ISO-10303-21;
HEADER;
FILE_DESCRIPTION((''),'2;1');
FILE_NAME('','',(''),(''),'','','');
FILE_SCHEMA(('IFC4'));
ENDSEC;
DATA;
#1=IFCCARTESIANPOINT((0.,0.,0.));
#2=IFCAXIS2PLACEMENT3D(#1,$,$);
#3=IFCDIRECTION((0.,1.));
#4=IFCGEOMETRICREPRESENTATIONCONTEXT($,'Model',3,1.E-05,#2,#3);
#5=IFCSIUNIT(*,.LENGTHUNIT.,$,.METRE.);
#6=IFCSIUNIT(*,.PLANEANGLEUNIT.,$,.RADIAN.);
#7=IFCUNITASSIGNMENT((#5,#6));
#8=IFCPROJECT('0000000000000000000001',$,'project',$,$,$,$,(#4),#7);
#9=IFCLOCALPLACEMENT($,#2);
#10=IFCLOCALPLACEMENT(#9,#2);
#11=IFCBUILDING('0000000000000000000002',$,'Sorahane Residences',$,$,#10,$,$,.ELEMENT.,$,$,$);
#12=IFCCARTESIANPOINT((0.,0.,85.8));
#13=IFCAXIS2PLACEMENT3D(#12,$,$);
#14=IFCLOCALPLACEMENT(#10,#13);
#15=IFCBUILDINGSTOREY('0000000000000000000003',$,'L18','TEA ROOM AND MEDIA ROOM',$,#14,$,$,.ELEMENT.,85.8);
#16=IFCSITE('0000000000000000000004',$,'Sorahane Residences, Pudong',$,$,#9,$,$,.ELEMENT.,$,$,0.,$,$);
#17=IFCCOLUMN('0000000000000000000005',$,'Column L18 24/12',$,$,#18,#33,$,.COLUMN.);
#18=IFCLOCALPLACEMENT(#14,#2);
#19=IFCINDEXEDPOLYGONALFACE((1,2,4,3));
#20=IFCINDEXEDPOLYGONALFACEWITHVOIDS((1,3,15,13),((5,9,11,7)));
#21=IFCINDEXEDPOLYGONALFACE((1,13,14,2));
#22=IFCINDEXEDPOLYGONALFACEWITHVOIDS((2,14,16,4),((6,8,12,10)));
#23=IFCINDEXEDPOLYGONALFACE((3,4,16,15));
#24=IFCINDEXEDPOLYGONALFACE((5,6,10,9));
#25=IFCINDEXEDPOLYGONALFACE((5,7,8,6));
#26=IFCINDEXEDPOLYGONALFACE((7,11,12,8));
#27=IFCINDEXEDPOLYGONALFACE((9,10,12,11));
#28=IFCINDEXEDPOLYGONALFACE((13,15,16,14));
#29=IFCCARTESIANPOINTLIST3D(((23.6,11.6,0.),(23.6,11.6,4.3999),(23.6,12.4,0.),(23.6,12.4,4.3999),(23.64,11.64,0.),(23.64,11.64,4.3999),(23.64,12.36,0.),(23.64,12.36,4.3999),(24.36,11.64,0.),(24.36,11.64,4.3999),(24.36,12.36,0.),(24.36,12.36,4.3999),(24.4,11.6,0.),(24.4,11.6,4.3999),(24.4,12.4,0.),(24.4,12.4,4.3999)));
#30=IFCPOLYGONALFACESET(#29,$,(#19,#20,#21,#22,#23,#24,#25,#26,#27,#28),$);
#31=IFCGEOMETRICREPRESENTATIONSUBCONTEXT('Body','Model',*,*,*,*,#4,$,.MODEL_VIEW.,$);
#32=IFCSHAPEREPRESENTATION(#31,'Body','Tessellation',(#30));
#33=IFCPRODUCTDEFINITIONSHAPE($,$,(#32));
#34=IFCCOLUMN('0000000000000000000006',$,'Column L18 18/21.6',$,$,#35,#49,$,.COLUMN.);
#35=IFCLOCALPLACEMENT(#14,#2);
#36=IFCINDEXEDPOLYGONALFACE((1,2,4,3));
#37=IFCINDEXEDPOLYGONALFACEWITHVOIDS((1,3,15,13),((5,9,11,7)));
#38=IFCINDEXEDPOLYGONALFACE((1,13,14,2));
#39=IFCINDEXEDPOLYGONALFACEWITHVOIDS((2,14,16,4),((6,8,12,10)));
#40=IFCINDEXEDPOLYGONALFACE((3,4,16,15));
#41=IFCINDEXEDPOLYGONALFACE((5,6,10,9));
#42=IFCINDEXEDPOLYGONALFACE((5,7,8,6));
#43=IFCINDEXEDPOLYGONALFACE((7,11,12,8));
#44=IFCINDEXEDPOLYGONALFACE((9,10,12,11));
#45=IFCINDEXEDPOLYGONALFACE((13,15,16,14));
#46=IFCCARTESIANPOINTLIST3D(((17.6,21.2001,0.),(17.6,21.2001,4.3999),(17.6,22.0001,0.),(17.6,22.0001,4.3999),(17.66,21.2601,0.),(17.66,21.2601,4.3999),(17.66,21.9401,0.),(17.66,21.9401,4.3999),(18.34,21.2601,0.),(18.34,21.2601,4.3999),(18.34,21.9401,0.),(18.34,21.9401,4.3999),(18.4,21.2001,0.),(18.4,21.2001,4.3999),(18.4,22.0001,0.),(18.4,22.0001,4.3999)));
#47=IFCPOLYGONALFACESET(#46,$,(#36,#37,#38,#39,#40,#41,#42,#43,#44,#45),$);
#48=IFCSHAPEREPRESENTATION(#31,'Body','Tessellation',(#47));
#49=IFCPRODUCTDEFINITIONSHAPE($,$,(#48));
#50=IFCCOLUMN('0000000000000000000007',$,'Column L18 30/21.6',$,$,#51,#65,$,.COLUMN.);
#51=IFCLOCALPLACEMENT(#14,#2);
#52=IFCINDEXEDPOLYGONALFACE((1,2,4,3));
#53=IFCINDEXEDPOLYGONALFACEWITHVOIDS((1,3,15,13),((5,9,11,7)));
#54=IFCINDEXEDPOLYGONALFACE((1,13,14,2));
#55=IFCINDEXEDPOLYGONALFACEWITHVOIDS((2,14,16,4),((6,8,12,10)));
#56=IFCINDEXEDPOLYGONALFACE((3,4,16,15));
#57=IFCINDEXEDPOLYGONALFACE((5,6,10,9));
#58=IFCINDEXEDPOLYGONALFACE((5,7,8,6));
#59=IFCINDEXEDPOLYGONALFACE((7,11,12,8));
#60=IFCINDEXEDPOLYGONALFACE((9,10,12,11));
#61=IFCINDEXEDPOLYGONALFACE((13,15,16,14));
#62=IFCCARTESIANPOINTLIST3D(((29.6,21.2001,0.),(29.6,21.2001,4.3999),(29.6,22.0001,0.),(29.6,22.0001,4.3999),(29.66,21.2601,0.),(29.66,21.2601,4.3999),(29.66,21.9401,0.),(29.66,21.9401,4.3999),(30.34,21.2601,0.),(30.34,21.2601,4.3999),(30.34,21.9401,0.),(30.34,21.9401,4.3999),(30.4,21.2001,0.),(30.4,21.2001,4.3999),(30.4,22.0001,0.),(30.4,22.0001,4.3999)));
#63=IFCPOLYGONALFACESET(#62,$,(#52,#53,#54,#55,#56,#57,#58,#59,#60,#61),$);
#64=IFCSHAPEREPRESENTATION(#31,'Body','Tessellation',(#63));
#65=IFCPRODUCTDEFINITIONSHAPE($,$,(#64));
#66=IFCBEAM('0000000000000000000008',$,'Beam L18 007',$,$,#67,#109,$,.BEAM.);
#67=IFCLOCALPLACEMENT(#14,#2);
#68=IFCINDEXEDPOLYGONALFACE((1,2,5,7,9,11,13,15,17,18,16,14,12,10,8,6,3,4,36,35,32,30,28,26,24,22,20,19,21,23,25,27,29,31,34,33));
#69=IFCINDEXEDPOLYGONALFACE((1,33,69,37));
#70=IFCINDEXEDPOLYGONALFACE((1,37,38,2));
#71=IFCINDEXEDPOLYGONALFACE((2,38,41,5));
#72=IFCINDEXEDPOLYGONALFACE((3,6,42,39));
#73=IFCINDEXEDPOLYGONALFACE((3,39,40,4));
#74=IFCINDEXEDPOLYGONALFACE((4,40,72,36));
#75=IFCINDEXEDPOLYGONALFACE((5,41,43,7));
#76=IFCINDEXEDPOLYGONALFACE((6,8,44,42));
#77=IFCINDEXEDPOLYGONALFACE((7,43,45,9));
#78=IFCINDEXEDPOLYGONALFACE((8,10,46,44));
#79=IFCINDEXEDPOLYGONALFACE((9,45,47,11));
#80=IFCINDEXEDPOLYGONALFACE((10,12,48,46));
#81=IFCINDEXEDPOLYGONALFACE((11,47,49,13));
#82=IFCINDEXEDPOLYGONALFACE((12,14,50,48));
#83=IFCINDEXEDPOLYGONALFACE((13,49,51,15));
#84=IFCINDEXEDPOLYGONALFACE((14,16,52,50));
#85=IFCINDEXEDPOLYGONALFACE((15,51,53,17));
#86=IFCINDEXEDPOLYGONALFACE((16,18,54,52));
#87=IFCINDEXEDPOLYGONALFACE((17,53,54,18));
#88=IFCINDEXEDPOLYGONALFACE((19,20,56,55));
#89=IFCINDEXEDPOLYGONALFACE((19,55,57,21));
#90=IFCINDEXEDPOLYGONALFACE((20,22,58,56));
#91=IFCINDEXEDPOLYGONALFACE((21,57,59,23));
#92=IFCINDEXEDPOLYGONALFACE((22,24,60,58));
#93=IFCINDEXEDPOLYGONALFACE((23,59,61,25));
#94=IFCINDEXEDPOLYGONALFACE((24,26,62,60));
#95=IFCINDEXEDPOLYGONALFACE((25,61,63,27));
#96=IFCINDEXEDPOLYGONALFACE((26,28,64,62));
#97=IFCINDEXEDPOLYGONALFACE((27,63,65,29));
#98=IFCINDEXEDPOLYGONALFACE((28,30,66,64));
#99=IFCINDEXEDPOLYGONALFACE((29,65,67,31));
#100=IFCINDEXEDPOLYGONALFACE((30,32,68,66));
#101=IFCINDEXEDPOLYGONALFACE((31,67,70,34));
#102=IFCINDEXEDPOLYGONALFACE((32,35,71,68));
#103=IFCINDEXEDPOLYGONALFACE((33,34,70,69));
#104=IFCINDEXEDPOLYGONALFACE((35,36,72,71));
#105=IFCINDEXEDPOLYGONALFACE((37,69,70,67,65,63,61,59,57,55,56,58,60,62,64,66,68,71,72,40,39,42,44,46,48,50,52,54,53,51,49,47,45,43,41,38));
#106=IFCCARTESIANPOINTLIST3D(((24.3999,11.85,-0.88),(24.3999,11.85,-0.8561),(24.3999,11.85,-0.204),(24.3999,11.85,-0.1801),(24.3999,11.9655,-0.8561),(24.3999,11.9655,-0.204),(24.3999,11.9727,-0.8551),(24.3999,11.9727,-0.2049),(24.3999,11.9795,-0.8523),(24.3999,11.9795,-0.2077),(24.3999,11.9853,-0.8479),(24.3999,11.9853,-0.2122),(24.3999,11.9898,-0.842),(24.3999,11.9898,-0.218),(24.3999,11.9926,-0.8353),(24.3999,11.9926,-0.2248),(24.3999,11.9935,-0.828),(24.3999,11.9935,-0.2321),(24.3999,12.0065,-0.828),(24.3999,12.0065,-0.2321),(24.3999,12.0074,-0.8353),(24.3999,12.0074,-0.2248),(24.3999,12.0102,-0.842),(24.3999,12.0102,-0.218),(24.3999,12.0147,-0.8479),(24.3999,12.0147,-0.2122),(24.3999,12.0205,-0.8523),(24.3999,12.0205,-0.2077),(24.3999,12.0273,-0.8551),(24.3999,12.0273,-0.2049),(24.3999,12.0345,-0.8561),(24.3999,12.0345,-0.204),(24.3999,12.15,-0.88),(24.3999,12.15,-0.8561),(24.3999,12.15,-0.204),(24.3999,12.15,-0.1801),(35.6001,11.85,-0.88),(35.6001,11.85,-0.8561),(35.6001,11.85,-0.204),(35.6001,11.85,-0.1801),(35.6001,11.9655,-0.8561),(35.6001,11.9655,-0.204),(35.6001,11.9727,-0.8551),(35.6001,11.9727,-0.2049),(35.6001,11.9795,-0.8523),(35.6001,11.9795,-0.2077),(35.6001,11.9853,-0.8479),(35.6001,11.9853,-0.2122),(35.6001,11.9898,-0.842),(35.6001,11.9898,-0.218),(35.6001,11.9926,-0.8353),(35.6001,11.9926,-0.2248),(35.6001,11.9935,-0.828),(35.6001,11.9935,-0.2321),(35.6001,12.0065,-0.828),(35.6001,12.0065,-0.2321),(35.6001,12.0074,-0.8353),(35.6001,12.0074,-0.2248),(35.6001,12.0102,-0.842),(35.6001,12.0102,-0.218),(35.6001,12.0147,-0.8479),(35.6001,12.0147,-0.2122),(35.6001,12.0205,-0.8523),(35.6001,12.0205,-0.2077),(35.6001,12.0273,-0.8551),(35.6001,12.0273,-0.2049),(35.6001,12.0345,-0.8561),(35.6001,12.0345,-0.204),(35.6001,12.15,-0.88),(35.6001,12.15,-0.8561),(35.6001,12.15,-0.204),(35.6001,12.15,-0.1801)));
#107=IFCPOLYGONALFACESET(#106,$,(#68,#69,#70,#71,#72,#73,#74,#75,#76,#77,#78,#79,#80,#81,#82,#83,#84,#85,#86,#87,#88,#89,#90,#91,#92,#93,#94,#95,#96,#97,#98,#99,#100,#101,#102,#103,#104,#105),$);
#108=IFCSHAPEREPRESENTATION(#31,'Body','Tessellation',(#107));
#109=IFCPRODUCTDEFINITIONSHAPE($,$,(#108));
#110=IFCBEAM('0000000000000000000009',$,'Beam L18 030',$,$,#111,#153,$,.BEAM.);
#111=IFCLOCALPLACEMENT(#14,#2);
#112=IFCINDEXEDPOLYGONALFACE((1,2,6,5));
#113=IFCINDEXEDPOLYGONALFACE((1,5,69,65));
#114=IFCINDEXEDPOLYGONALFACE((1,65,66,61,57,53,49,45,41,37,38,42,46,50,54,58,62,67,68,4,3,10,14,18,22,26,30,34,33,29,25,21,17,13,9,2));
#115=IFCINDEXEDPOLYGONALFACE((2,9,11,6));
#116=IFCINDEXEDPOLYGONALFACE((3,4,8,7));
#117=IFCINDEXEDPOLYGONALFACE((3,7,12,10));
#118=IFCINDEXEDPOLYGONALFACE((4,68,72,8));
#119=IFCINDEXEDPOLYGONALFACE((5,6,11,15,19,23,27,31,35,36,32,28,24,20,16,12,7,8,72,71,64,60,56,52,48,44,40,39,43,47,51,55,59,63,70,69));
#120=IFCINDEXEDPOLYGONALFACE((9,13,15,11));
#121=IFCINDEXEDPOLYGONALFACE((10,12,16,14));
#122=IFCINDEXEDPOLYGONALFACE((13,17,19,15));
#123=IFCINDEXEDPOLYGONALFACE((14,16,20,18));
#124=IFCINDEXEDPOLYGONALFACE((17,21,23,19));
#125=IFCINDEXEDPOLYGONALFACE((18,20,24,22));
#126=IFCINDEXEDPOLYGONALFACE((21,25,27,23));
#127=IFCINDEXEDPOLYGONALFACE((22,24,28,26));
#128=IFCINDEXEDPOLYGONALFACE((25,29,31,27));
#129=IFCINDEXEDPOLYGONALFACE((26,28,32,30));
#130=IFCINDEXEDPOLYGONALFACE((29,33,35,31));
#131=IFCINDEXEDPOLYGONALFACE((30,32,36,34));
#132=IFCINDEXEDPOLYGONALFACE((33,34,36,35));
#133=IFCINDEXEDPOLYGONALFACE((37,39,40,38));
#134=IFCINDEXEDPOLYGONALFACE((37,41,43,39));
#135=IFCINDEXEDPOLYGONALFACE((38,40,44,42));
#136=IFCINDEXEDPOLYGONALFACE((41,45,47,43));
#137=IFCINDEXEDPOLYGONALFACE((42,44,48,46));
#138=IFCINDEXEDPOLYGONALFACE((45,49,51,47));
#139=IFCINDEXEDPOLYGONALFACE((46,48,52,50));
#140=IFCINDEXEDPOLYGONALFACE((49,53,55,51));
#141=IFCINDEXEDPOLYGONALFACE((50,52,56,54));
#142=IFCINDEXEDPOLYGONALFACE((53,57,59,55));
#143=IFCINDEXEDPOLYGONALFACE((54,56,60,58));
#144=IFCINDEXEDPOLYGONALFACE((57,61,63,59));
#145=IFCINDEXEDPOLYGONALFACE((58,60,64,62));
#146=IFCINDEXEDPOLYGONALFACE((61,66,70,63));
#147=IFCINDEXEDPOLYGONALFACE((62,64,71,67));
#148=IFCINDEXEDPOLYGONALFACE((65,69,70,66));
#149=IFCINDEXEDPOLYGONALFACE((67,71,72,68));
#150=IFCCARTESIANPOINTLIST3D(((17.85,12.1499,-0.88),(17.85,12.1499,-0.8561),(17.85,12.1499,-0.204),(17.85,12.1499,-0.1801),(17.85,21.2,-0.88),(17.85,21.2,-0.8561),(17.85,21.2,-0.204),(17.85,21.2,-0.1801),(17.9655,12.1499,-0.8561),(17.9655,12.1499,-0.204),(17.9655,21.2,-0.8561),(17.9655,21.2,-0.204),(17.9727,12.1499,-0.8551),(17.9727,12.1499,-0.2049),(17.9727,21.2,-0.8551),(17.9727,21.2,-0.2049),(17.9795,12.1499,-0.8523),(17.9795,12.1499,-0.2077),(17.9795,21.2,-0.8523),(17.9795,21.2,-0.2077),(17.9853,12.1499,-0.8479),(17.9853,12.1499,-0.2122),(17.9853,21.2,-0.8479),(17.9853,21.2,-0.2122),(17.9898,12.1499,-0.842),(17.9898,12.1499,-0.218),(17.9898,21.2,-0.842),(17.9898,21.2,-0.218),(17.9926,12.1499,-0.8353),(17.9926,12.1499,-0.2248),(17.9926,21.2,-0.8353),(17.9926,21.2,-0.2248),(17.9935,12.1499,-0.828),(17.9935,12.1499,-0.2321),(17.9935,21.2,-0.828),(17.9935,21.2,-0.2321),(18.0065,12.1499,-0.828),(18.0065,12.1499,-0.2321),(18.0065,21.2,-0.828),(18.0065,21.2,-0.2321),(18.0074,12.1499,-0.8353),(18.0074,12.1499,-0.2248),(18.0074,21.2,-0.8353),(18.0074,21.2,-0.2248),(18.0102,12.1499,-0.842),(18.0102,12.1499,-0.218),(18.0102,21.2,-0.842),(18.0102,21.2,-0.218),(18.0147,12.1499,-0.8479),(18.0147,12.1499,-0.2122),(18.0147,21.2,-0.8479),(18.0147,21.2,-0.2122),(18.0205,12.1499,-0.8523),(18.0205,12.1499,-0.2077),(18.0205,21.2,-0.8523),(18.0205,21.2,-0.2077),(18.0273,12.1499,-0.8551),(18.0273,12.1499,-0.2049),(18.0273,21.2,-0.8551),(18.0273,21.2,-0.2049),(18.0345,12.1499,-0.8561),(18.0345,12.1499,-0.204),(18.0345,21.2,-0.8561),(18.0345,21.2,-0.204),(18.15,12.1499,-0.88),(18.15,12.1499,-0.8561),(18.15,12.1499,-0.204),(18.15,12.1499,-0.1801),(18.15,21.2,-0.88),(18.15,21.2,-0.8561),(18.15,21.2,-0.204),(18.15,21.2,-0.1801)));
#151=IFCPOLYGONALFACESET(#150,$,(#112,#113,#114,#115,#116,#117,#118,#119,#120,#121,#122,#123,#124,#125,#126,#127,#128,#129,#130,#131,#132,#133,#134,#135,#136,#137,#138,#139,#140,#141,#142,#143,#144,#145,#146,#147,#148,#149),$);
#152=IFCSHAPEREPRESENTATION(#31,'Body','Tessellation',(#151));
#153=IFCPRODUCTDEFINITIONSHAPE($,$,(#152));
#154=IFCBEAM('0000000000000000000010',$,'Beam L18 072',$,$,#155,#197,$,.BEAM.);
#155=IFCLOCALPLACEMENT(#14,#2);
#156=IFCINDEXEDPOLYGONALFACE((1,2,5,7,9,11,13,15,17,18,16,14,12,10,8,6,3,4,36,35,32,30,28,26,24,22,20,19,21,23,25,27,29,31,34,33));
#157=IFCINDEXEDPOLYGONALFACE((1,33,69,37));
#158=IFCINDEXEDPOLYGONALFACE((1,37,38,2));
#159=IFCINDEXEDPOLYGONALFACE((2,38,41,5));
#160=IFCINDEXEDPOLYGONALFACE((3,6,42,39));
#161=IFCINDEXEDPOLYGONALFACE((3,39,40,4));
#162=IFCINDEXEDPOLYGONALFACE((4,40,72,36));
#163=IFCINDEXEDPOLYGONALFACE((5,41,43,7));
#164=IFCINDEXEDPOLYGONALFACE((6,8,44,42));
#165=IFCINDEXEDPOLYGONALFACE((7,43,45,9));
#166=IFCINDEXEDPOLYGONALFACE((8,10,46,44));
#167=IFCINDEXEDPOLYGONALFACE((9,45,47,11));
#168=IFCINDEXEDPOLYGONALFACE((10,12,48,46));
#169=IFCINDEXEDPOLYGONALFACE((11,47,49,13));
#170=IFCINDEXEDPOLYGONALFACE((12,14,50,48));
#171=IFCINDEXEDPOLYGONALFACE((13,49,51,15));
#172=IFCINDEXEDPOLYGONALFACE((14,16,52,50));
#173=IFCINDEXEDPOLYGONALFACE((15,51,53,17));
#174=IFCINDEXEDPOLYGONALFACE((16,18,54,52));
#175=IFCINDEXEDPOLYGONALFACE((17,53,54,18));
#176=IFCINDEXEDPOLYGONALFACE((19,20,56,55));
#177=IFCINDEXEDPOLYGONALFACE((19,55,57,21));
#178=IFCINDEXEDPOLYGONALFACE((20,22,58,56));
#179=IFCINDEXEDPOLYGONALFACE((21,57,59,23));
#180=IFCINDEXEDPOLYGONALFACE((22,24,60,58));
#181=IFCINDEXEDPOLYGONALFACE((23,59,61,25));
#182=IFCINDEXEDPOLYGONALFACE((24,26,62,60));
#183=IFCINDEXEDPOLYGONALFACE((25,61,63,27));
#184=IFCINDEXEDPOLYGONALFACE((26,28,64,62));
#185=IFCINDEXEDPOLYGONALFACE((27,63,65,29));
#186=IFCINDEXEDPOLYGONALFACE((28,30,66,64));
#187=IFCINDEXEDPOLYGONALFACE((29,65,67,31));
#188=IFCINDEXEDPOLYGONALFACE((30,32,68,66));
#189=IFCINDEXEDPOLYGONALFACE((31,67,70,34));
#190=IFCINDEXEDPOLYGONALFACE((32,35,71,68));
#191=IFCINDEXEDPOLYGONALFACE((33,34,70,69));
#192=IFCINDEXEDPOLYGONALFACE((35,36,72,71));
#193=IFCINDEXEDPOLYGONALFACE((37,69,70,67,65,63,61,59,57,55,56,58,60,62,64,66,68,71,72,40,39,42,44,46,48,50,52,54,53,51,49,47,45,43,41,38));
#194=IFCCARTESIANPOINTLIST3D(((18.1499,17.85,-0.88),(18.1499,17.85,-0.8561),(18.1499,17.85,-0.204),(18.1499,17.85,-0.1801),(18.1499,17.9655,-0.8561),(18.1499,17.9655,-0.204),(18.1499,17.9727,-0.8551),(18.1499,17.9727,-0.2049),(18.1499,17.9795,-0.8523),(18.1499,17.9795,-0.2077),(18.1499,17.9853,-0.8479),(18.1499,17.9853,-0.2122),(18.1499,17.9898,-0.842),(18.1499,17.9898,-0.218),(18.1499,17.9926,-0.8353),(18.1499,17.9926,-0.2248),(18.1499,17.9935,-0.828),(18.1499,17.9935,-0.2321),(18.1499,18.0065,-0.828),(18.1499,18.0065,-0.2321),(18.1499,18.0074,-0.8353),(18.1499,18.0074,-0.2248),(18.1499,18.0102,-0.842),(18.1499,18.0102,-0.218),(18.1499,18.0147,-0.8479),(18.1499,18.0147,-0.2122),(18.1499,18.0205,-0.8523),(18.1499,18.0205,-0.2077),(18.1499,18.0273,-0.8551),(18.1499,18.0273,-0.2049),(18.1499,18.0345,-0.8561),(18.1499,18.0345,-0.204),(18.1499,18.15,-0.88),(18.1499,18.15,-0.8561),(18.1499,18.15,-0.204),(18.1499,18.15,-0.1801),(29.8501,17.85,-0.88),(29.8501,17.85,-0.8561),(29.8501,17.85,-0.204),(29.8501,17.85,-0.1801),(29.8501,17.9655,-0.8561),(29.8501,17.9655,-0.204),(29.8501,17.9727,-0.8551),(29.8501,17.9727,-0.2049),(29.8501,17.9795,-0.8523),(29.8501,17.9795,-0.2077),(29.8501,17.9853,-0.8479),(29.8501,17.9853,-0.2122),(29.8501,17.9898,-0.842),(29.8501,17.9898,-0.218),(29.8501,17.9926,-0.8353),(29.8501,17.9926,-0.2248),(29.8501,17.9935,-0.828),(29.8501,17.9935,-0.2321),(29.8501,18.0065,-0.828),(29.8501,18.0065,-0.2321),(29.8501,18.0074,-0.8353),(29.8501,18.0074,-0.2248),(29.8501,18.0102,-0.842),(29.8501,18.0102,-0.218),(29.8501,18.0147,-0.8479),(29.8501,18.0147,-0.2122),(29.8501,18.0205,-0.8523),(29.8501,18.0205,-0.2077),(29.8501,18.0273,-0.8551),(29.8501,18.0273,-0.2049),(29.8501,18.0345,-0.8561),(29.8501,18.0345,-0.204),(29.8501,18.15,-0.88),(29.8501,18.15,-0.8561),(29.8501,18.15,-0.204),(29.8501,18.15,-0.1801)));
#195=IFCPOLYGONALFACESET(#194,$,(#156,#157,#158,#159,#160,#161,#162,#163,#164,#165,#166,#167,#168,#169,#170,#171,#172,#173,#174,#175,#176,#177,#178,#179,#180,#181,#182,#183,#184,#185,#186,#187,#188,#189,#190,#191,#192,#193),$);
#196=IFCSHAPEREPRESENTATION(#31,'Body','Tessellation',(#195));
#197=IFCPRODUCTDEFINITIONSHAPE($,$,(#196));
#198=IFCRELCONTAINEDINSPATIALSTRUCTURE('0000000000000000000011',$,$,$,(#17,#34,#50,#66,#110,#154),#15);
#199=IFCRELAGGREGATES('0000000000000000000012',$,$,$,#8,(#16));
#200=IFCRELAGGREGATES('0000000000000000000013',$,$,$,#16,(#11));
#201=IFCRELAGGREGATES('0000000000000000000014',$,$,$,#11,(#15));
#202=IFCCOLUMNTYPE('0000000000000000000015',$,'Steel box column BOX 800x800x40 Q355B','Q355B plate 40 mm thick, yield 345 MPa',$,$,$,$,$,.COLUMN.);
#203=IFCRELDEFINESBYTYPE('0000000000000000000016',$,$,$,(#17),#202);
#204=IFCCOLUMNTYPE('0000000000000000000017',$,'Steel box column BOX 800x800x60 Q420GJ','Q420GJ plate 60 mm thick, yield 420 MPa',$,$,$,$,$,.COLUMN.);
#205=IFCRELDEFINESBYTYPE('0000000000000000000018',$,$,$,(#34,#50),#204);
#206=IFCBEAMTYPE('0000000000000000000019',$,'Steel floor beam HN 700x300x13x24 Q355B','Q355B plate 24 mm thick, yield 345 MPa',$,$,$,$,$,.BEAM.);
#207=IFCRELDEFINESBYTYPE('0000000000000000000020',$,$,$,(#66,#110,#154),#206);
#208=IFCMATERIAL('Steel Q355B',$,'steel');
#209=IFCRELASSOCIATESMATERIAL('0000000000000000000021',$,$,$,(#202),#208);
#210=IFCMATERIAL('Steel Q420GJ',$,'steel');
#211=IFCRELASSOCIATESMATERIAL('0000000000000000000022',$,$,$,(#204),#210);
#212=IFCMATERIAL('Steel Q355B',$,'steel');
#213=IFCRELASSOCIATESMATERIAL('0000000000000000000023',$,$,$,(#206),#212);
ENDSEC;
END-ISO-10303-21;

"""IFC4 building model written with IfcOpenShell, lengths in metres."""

from ifc_helpers import new_model, si_unit, direction, frame, origin, origin_2d, place, context, subcontext, project, spatial, hollow_rectangle, i_section, extrude, material, material_profile, profile_set, type_object, element, save


model = new_model("IFC4")

# Units and contexts
model_context = context("Model", 3, precision=1e-05, world=origin(), true_north=direction((0.0, 1.0)))
body_context = subcontext(model_context, "Body", "Model", "MODEL_VIEW")
ifc_project = project(units=[si_unit("LENGTHUNIT", "METRE"), si_unit("PLANEANGLEUNIT", "RADIAN")], contexts=[model_context])

# Site, building, storey
site_placement = place(None, origin())
site = spatial("IfcSite", under=ifc_project, at=site_placement, Name="Sorahane Residences, Pudong", CompositionType="ELEMENT", RefElevation=0.0)
building_placement = place(site_placement, origin())
building = spatial("IfcBuilding", under=site, at=building_placement, Name="Sorahane Residences", CompositionType="ELEMENT")
storey_placement = place(building_placement, frame((0.0, 0.0, 85.8)))
storey = spatial("IfcBuildingStorey", under=building, at=storey_placement, Name="L18", Description="TEA ROOM AND MEDIA ROOM", CompositionType="ELEMENT", Elevation=85.8)

# Columns
ifc_material_1 = material(Name="Steel Q355B", Category="steel")
ifc_material_profile_1 = material_profile(ifc_material_1, hollow_rectangle(XDim=0.8, YDim=0.8, WallThickness=0.04, at=origin_2d()), Name="BOX 800x800x40")
ifc_profile_set_1 = profile_set([ifc_material_profile_1], Name="Steel Q355B")
column_type_1 = type_object("IfcColumnType", Name="Steel box column BOX 800x800x40 Q355B", Description="Q355B plate 40 mm thick, yield 345 MPa", PredefinedType="COLUMN", material=ifc_profile_set_1)
column_placement = place(storey_placement, frame((24.0, 12.0, 0.0), z_axis=(0.0, 0.0, 1.0), x_axis=(1.0, 0.0, 0.0)))
element("IfcColumn", 1, at=column_placement, inside=storey, type_object=column_type_1, Name="Column L18 24/12", PredefinedType="COLUMN", context=body_context, shape_type="SweptSolid", body=[
    extrude(hollow_rectangle(XDim=0.8, YDim=0.8, WallThickness=0.04, at=origin_2d()), origin(), (0.0, 0.0, 1.0), 4.3999),
])
ifc_material_2 = material(Name="Steel Q420GJ", Category="steel")
ifc_material_profile_2 = material_profile(ifc_material_2, hollow_rectangle(XDim=0.8, YDim=0.8, WallThickness=0.0601, at=origin_2d()), Name="BOX 800x800x60")
ifc_profile_set_2 = profile_set([ifc_material_profile_2], Name="Steel Q420GJ")
column_type_2 = type_object("IfcColumnType", Name="Steel box column BOX 800x800x60 Q420GJ", Description="Q420GJ plate 60 mm thick, yield 420 MPa", PredefinedType="COLUMN", material=ifc_profile_set_2)
for number, where, z_axis, x_axis, name in (
    (2, (18.0, 21.6001, 0.0), (0.0, 0.0, 1.0), (1.0, 0.0, 0.0), "Column L18 18/21.6"),
    (3, (30.0, 21.6001, 0.0), (0.0, 0.0, 1.0), (1.0, 0.0, 0.0), "Column L18 30/21.6"),
):
    element("IfcColumn", number, at=place(storey_placement, frame(where, z_axis=z_axis, x_axis=x_axis)), inside=storey, type_object=column_type_2, Name=name, PredefinedType="COLUMN", context=body_context, shape_type="SweptSolid", body=[
        extrude(hollow_rectangle(XDim=0.8, YDim=0.8, WallThickness=0.0601, at=origin_2d()), origin(), (0.0, 0.0, 1.0), 4.3999),
    ])

# Beams
ifc_material_3 = material(Name="Steel Q355B", Category="steel")
ifc_material_profile_3 = material_profile(ifc_material_3, i_section(OverallWidth=0.3, OverallDepth=0.7, WebThickness=0.0129, FlangeThickness=0.0239, FilletRadius=0.0281, at=origin_2d()), Name="HN 700x300x13x24")
ifc_profile_set_3 = profile_set([ifc_material_profile_3], Name="Steel Q355B")
beam_type = type_object("IfcBeamType", Name="Steel floor beam HN 700x300x13x24 Q355B", Description="Q355B plate 24 mm thick, yield 345 MPa", PredefinedType="BEAM", material=ifc_profile_set_3)
beam_1_placement = place(storey_placement, frame((24.3999, 12.0, -0.53), z_axis=(1.0, 0.0, 0.0), x_axis=(0.0, 1.0, 0.0)))
element("IfcBeam", 4, at=beam_1_placement, inside=storey, type_object=beam_type, Name="Beam L18 007", PredefinedType="BEAM", context=body_context, shape_type="SweptSolid", body=[
    extrude(i_section(OverallWidth=0.3, OverallDepth=0.7, WebThickness=0.0129, FlangeThickness=0.0239, FilletRadius=0.0281, at=origin_2d()), origin(), (0.0, 0.0, 1.0), 11.2002),
])
beam_2_placement = place(storey_placement, frame((18.0, 12.1499, -0.53), z_axis=(0.0, 1.0, 0.0), x_axis=(-1.0, 0.0, 0.0)))
element("IfcBeam", 5, at=beam_2_placement, inside=storey, type_object=beam_type, Name="Beam L18 030", PredefinedType="BEAM", context=body_context, shape_type="SweptSolid", body=[
    extrude(i_section(OverallWidth=0.3, OverallDepth=0.7, WebThickness=0.0129, FlangeThickness=0.0239, FilletRadius=0.0281, at=origin_2d()), origin(), (0.0, 0.0, 1.0), 9.05),
])
beam_3_placement = place(storey_placement, frame((18.1499, 18.0, -0.53), z_axis=(1.0, 0.0, 0.0), x_axis=(0.0, 1.0, 0.0)))
element("IfcBeam", 6, at=beam_3_placement, inside=storey, type_object=beam_type, Name="Beam L18 072", PredefinedType="BEAM", context=body_context, shape_type="SweptSolid", body=[
    extrude(i_section(OverallWidth=0.3, OverallDepth=0.7, WebThickness=0.0129, FlangeThickness=0.0239, FilletRadius=0.0281, at=origin_2d()), origin(), (0.0, 0.0, 1.0), 11.7002),
])

save(model, "model.ifc")
